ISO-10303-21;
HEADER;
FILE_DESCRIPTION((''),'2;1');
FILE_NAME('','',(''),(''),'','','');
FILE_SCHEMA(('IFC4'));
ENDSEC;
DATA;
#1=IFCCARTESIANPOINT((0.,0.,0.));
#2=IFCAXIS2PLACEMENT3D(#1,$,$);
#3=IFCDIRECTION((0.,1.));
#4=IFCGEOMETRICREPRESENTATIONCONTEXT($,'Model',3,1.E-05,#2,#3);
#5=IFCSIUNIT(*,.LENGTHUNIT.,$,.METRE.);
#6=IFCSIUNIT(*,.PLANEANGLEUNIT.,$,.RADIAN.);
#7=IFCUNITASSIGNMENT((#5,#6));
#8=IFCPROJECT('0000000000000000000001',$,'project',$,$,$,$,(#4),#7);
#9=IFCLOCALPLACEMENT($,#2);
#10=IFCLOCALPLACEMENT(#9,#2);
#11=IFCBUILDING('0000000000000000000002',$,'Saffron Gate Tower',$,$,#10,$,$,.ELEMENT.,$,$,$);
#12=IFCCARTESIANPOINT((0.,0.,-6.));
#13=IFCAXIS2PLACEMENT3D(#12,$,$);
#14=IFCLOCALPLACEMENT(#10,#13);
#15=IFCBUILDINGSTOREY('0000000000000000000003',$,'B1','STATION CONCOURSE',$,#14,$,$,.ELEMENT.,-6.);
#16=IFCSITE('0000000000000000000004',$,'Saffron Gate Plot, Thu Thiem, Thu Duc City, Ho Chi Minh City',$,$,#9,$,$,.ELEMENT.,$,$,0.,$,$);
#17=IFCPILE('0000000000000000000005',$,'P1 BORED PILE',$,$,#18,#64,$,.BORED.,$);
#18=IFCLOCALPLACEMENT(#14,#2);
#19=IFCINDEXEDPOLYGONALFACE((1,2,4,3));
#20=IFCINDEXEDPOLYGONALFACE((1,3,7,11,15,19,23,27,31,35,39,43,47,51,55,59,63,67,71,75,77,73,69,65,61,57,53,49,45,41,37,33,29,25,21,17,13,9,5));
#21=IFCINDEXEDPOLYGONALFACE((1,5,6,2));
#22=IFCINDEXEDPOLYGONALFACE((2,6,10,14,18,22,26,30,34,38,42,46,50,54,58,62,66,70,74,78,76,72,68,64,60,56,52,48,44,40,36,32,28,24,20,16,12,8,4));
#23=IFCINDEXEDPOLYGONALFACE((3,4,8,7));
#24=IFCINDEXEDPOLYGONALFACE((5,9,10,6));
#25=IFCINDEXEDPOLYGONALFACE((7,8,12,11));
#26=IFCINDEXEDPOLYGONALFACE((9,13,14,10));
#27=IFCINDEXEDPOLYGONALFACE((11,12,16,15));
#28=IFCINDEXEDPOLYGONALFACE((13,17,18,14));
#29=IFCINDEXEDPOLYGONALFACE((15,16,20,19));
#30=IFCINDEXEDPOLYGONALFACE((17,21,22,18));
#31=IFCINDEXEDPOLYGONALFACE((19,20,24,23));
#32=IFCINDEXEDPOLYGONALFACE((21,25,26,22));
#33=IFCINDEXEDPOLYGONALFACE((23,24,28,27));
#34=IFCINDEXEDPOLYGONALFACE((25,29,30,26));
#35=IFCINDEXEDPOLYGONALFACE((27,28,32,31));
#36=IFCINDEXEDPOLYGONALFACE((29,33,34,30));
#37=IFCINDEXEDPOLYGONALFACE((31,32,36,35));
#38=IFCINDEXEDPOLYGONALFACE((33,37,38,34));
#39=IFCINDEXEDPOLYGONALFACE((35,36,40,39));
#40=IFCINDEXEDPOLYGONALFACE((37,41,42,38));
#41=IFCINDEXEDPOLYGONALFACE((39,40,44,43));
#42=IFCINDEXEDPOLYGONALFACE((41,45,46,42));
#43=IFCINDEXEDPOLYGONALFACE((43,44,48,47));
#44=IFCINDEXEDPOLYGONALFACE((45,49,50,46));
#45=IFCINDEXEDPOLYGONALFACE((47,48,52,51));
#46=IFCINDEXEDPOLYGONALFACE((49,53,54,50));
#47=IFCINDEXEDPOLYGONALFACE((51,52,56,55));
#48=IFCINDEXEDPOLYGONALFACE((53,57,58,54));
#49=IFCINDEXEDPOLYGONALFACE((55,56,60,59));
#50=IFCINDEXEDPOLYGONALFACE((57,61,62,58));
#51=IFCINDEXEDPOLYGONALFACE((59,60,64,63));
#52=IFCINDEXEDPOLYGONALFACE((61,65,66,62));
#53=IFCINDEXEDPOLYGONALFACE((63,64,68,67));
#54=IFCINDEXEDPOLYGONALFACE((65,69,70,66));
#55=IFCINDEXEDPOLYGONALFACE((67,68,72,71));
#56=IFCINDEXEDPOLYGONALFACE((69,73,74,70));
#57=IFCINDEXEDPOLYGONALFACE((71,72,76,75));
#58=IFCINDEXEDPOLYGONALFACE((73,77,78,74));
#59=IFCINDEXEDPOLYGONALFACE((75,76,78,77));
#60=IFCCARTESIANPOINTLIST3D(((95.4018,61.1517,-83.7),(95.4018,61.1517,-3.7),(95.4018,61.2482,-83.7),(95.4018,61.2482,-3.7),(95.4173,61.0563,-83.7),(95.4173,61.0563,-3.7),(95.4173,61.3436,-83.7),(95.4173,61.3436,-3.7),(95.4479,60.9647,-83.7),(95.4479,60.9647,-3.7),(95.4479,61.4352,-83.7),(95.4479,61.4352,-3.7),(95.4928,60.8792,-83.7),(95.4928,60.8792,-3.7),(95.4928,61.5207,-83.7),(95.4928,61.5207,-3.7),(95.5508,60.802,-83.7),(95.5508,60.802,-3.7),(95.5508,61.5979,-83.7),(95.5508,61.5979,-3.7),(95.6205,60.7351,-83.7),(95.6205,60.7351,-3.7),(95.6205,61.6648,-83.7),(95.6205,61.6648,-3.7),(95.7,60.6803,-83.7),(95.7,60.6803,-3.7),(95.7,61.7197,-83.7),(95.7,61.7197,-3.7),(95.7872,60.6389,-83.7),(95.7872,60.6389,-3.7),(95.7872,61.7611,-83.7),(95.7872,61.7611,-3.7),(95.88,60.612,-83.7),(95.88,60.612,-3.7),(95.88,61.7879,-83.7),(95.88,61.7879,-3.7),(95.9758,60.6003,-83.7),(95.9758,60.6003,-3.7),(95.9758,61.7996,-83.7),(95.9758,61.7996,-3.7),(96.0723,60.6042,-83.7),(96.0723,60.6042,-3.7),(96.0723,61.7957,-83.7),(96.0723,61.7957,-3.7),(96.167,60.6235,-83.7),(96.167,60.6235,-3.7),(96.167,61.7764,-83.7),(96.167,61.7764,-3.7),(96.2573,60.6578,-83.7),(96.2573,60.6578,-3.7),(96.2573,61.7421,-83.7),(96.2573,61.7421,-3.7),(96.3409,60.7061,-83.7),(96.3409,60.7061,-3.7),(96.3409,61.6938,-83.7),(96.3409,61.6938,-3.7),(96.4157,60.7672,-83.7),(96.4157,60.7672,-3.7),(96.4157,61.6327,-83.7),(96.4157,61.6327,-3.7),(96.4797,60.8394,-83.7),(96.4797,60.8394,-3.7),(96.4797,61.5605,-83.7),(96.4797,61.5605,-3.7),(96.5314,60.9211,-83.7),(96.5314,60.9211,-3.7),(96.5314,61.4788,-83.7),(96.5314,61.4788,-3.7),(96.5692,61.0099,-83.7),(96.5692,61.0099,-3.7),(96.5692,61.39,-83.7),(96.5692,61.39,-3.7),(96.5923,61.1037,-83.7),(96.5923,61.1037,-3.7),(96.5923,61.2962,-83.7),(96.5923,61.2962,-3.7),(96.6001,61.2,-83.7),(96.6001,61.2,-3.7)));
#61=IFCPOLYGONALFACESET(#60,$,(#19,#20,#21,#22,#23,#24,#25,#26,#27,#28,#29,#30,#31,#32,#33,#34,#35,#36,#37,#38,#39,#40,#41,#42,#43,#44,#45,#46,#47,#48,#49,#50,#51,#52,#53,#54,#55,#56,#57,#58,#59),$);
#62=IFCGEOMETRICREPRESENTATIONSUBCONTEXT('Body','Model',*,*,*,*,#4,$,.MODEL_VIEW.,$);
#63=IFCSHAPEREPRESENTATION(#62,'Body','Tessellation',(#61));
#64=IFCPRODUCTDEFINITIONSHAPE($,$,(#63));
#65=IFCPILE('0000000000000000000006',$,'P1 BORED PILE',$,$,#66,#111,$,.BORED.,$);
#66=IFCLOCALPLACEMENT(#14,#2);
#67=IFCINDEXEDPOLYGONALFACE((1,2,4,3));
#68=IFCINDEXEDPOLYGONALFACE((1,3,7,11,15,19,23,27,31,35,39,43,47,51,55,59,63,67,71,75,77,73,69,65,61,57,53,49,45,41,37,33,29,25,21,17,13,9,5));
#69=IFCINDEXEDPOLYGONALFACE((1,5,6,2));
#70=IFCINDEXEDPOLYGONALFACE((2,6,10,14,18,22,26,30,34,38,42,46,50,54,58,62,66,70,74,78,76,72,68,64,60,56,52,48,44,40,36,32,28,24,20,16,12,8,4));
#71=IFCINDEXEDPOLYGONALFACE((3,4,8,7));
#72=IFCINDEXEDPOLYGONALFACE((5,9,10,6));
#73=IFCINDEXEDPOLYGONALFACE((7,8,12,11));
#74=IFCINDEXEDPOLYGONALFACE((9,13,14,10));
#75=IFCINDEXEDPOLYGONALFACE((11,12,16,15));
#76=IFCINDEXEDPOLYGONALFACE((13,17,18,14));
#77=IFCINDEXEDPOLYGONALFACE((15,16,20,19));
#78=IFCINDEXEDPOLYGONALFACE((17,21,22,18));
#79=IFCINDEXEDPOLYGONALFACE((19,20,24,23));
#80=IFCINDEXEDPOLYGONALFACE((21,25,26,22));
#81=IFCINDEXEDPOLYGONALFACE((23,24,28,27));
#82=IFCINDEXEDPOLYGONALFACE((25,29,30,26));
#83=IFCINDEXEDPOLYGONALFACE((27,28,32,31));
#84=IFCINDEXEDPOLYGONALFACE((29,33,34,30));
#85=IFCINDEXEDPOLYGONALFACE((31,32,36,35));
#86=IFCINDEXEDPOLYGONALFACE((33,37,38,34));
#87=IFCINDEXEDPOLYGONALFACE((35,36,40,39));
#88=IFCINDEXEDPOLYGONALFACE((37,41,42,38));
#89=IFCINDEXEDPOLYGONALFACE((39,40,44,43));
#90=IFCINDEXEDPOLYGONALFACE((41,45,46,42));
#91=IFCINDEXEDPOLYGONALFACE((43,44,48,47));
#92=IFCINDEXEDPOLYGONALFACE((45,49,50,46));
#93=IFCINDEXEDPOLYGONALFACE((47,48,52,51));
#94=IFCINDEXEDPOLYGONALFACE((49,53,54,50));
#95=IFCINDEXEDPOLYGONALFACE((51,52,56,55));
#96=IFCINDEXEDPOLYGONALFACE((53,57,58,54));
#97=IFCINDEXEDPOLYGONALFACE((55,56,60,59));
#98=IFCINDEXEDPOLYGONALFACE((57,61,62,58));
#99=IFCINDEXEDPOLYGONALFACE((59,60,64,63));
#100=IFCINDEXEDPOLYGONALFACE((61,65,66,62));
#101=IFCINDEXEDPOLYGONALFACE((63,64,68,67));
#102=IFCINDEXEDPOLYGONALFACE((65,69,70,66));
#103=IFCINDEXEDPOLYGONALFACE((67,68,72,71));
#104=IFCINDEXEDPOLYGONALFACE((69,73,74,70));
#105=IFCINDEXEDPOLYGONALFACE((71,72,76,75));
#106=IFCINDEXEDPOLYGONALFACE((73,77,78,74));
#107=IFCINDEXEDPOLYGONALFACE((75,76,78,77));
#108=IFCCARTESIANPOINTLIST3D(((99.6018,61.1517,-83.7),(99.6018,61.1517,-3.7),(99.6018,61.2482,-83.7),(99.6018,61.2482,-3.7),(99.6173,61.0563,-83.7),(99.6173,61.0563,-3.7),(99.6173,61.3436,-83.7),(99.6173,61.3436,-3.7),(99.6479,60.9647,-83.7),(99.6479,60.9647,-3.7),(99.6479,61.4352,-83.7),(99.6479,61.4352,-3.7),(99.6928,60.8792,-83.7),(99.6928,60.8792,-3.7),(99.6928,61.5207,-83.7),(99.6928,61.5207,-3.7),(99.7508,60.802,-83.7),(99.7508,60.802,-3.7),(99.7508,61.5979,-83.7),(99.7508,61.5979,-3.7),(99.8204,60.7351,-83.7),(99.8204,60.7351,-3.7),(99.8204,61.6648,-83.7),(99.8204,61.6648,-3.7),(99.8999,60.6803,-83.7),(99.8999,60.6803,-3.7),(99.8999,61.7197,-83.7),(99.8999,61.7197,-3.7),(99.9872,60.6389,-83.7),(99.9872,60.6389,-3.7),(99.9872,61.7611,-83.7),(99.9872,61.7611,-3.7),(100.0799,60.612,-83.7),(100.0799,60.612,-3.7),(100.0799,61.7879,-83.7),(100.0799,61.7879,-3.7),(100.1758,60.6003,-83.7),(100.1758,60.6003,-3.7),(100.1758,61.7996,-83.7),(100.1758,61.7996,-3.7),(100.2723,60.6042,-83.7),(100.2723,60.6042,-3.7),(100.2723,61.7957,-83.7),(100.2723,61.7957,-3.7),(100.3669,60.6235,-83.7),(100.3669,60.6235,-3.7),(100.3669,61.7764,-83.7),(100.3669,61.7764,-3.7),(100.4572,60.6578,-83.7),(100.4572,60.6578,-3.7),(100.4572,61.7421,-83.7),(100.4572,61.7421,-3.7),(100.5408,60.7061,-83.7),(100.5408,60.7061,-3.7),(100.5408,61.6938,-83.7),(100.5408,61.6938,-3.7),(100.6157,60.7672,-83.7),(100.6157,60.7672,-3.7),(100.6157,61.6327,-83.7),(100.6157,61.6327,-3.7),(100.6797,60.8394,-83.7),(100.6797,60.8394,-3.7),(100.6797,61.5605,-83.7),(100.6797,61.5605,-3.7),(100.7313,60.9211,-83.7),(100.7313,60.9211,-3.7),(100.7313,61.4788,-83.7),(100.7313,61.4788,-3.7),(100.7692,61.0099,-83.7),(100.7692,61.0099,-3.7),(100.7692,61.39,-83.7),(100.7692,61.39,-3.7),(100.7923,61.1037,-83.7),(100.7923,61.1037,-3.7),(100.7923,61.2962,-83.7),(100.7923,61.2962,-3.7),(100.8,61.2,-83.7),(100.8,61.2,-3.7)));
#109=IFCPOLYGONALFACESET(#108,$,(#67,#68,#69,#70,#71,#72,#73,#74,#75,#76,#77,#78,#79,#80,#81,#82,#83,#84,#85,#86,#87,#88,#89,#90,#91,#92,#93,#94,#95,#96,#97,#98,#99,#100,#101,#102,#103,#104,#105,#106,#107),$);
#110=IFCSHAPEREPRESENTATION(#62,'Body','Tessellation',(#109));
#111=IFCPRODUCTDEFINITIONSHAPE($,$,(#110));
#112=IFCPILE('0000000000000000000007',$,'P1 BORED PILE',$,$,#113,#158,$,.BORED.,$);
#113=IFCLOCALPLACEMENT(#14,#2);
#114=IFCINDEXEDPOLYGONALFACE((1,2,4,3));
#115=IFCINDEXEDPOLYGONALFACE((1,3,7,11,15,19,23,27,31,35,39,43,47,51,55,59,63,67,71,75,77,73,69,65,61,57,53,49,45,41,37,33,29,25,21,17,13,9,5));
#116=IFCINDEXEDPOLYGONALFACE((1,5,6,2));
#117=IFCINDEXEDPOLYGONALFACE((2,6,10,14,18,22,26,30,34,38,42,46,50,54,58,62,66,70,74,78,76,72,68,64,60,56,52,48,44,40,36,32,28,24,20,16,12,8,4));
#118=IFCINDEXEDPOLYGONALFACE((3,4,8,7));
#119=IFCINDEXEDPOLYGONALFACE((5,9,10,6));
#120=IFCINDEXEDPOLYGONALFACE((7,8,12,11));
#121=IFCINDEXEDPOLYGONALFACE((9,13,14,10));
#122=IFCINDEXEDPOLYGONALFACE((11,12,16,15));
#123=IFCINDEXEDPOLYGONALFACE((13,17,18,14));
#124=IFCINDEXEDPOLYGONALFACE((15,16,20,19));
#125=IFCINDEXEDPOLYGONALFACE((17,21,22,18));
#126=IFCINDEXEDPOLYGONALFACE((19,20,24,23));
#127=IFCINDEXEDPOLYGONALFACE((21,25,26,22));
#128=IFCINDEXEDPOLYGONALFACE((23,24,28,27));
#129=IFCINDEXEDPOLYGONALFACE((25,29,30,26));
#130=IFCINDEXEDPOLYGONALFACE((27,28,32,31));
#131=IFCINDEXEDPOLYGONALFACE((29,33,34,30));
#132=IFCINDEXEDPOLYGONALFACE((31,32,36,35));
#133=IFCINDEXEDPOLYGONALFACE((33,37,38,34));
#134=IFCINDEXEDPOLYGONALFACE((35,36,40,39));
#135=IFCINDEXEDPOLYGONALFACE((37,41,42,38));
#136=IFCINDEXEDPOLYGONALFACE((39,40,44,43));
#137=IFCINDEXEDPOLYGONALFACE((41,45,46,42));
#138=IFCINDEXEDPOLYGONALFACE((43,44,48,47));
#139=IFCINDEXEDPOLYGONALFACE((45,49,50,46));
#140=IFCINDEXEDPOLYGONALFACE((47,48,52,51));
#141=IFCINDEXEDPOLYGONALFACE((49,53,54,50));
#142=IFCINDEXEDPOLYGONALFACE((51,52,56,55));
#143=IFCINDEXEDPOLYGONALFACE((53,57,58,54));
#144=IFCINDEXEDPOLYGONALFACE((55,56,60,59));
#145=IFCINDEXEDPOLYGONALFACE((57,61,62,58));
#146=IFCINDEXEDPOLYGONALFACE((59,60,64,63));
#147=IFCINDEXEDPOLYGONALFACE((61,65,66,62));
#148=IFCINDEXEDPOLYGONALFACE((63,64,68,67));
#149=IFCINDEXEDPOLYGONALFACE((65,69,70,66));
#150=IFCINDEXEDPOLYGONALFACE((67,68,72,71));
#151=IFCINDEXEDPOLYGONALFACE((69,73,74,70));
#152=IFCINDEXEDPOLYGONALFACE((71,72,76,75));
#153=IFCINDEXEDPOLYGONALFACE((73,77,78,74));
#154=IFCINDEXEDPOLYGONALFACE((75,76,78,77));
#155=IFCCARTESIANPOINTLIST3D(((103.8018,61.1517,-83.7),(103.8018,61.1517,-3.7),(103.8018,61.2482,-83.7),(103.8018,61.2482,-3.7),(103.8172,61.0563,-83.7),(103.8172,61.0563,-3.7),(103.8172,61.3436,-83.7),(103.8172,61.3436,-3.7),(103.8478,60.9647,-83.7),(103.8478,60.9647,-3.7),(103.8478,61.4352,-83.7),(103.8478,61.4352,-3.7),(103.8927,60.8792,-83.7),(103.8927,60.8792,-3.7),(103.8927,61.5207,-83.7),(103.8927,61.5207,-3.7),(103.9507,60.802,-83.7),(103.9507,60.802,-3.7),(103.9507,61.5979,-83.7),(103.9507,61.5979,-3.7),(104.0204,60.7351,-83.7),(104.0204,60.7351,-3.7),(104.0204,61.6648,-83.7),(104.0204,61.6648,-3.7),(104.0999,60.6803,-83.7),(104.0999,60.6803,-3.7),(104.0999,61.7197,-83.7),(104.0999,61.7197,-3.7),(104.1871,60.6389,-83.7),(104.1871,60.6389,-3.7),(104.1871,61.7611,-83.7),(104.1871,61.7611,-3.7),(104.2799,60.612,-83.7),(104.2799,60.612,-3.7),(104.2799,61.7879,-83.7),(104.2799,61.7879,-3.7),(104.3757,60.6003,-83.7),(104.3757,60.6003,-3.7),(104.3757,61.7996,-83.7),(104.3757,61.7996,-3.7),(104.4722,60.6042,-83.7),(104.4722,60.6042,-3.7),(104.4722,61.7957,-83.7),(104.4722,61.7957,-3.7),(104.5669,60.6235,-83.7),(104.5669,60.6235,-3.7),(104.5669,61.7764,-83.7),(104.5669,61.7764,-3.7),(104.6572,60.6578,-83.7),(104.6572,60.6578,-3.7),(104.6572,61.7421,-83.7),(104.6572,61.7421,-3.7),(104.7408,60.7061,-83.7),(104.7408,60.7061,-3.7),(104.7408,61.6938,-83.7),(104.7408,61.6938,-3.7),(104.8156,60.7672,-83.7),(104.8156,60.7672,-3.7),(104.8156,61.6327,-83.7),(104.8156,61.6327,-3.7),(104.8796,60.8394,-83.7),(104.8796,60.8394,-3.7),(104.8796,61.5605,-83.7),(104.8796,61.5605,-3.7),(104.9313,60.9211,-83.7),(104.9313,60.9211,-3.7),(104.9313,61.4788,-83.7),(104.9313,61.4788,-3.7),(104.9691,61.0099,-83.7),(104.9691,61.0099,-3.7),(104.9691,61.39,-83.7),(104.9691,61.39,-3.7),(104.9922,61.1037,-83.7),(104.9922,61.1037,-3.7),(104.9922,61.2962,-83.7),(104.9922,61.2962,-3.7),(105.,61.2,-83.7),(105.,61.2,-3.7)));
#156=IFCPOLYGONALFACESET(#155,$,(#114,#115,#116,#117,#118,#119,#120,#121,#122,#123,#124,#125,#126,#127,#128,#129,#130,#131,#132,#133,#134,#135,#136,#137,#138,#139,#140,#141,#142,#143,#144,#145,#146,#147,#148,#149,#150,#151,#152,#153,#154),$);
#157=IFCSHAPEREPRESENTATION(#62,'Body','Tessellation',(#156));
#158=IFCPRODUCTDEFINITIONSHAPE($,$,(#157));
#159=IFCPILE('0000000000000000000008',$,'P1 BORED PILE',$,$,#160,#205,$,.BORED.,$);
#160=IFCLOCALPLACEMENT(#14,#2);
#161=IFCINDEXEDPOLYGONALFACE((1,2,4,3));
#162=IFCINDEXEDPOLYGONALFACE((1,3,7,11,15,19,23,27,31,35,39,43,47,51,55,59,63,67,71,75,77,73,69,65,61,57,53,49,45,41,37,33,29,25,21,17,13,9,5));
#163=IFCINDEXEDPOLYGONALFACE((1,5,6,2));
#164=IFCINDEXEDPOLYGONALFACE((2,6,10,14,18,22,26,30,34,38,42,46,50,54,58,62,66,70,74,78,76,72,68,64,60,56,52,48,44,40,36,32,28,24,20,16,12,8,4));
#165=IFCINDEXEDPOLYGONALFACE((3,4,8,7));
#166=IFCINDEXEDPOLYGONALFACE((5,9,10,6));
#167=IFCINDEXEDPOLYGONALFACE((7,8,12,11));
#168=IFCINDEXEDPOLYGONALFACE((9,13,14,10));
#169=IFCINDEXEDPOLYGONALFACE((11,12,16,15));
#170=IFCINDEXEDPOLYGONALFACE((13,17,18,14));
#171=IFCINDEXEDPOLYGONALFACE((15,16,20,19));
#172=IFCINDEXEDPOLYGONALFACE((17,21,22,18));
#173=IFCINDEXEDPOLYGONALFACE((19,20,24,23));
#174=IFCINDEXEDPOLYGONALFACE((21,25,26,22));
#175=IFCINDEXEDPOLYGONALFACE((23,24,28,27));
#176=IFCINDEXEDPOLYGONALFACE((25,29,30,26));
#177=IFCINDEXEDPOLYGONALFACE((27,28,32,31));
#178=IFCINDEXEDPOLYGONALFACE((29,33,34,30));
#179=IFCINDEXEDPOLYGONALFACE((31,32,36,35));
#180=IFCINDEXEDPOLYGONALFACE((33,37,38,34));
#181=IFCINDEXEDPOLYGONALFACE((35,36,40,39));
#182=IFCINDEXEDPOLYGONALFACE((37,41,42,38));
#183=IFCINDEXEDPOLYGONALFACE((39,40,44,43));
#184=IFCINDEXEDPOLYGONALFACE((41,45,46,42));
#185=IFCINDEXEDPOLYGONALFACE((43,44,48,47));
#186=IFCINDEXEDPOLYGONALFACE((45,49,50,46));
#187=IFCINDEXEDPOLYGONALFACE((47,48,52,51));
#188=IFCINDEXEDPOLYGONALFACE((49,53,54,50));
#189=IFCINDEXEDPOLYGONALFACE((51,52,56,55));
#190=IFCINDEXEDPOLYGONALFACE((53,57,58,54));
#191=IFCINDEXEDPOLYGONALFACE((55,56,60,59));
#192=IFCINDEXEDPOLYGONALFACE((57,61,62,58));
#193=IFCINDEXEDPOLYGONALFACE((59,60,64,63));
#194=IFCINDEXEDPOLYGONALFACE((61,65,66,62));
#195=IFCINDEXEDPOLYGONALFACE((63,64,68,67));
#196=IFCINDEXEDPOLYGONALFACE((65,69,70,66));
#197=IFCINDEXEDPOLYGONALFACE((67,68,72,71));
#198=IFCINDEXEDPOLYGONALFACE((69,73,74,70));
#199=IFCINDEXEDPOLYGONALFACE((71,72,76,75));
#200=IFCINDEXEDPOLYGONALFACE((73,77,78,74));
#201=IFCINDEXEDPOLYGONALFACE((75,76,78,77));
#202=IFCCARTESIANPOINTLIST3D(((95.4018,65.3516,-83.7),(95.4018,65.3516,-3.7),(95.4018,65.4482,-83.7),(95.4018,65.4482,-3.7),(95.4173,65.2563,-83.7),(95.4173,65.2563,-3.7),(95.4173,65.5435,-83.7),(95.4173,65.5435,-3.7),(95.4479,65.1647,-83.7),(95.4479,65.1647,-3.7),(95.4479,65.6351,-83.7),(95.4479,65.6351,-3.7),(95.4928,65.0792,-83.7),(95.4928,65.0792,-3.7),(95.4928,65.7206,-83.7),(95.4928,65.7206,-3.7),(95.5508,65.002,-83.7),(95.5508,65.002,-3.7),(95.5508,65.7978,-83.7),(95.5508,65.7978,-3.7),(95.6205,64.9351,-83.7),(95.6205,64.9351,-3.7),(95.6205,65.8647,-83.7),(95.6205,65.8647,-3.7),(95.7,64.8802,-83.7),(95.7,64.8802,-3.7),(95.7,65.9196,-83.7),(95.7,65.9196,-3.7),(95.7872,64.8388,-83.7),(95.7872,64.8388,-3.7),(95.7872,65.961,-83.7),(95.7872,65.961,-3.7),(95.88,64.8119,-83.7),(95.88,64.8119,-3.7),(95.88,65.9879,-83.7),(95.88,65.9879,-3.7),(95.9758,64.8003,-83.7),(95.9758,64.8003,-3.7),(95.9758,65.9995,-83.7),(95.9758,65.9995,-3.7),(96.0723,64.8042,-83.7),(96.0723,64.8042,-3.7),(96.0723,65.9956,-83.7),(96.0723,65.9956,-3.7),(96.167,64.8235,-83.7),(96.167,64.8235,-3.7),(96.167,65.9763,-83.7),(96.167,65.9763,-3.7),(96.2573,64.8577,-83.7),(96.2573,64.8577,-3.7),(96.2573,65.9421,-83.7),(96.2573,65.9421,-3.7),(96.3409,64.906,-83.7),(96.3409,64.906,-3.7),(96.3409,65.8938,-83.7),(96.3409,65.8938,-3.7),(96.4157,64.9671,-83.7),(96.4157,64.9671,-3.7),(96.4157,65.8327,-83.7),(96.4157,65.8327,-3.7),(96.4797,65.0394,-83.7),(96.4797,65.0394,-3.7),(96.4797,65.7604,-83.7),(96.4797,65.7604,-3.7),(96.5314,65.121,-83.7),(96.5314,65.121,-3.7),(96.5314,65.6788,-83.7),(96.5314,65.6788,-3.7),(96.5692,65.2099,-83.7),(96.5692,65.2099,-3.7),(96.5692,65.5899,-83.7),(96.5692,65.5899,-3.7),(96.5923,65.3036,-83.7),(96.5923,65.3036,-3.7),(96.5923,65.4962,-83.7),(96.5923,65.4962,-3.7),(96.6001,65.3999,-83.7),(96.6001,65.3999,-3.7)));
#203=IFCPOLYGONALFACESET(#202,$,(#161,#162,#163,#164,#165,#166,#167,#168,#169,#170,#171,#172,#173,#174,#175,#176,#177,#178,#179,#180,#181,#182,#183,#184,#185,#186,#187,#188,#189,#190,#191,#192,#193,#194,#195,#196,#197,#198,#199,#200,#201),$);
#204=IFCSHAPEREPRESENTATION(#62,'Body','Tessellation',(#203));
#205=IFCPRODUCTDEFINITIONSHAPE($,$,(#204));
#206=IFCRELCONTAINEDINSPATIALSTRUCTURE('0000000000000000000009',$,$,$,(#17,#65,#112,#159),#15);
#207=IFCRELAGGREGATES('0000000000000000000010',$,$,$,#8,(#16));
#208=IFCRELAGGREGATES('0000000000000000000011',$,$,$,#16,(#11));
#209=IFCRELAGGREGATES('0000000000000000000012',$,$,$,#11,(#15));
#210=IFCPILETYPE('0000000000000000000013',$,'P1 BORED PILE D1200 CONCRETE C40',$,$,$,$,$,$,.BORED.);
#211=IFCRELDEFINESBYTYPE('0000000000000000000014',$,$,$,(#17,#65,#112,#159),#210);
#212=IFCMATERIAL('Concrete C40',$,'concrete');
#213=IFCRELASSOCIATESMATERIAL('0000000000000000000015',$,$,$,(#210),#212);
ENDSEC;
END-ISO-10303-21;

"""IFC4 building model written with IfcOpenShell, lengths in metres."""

from ifc_helpers import new_model, si_unit, direction, frame, origin, origin_2d, place, context, subcontext, project, spatial, circle, extrude, material, material_profile, profile_set, type_object, element, save


model = new_model("IFC4")

# Units and contexts
model_context = context("Model", 3, precision=1e-05, world=origin(), true_north=direction((0.0, 1.0)))
body_context = subcontext(model_context, "Body", "Model", "MODEL_VIEW")
ifc_project = project(units=[si_unit("LENGTHUNIT", "METRE"), si_unit("PLANEANGLEUNIT", "RADIAN")], contexts=[model_context])

# Site, building, storey
site_placement = place(None, origin())
site = spatial("IfcSite", under=ifc_project, at=site_placement, Name="Saffron Gate Plot, Thu Thiem, Thu Duc City, Ho Chi Minh City", CompositionType="ELEMENT", RefElevation=0.0)
building_placement = place(site_placement, origin())
building = spatial("IfcBuilding", under=site, at=building_placement, Name="Saffron Gate Tower", CompositionType="ELEMENT")
storey_placement = place(building_placement, frame((0.0, 0.0, -6.0)))
storey = spatial("IfcBuildingStorey", under=building, at=storey_placement, Name="B1", Description="STATION CONCOURSE", CompositionType="ELEMENT", Elevation=-6.0)

# Piles
ifc_material_1 = material(Name="Concrete C40", Category="concrete")
ifc_material_profile = material_profile(ifc_material_1, circle(Radius=0.6001, at=origin_2d()))
ifc_profile_set = profile_set([ifc_material_profile], Name="Concrete C40")
pile_type = type_object("IfcPileType", Name="P1 BORED PILE D1200 CONCRETE C40", PredefinedType="BORED", material=ifc_profile_set)
for number, where, z_axis, x_axis, name in (
    (1, (96.0, 61.2, -3.7), (0.0, 0.0, -1.0), (1.0, 0.0, 0.0), "P1 BORED PILE"),
    (2, (100.2, 61.2, -3.7), (0.0, 0.0, -1.0), (1.0, 0.0, 0.0), "P1 BORED PILE"),
    (3, (104.3999, 61.2, -3.7), (0.0, 0.0, -1.0), (1.0, 0.0, 0.0), "P1 BORED PILE"),
    (4, (96.0, 65.3999, -3.7), (0.0, 0.0, -1.0), (1.0, 0.0, 0.0), "P1 BORED PILE"),
):
    element("IfcPile", number, at=place(storey_placement, frame(where, z_axis=z_axis, x_axis=x_axis)), inside=storey, type_object=pile_type, Name=name, PredefinedType="BORED", context=body_context, shape_type="SweptSolid", body=[
        extrude(circle(Radius=0.6001, at=origin_2d()), origin(), (0.0, 0.0, 1.0), 80.0),
    ])

save(model, "model.ifc")
